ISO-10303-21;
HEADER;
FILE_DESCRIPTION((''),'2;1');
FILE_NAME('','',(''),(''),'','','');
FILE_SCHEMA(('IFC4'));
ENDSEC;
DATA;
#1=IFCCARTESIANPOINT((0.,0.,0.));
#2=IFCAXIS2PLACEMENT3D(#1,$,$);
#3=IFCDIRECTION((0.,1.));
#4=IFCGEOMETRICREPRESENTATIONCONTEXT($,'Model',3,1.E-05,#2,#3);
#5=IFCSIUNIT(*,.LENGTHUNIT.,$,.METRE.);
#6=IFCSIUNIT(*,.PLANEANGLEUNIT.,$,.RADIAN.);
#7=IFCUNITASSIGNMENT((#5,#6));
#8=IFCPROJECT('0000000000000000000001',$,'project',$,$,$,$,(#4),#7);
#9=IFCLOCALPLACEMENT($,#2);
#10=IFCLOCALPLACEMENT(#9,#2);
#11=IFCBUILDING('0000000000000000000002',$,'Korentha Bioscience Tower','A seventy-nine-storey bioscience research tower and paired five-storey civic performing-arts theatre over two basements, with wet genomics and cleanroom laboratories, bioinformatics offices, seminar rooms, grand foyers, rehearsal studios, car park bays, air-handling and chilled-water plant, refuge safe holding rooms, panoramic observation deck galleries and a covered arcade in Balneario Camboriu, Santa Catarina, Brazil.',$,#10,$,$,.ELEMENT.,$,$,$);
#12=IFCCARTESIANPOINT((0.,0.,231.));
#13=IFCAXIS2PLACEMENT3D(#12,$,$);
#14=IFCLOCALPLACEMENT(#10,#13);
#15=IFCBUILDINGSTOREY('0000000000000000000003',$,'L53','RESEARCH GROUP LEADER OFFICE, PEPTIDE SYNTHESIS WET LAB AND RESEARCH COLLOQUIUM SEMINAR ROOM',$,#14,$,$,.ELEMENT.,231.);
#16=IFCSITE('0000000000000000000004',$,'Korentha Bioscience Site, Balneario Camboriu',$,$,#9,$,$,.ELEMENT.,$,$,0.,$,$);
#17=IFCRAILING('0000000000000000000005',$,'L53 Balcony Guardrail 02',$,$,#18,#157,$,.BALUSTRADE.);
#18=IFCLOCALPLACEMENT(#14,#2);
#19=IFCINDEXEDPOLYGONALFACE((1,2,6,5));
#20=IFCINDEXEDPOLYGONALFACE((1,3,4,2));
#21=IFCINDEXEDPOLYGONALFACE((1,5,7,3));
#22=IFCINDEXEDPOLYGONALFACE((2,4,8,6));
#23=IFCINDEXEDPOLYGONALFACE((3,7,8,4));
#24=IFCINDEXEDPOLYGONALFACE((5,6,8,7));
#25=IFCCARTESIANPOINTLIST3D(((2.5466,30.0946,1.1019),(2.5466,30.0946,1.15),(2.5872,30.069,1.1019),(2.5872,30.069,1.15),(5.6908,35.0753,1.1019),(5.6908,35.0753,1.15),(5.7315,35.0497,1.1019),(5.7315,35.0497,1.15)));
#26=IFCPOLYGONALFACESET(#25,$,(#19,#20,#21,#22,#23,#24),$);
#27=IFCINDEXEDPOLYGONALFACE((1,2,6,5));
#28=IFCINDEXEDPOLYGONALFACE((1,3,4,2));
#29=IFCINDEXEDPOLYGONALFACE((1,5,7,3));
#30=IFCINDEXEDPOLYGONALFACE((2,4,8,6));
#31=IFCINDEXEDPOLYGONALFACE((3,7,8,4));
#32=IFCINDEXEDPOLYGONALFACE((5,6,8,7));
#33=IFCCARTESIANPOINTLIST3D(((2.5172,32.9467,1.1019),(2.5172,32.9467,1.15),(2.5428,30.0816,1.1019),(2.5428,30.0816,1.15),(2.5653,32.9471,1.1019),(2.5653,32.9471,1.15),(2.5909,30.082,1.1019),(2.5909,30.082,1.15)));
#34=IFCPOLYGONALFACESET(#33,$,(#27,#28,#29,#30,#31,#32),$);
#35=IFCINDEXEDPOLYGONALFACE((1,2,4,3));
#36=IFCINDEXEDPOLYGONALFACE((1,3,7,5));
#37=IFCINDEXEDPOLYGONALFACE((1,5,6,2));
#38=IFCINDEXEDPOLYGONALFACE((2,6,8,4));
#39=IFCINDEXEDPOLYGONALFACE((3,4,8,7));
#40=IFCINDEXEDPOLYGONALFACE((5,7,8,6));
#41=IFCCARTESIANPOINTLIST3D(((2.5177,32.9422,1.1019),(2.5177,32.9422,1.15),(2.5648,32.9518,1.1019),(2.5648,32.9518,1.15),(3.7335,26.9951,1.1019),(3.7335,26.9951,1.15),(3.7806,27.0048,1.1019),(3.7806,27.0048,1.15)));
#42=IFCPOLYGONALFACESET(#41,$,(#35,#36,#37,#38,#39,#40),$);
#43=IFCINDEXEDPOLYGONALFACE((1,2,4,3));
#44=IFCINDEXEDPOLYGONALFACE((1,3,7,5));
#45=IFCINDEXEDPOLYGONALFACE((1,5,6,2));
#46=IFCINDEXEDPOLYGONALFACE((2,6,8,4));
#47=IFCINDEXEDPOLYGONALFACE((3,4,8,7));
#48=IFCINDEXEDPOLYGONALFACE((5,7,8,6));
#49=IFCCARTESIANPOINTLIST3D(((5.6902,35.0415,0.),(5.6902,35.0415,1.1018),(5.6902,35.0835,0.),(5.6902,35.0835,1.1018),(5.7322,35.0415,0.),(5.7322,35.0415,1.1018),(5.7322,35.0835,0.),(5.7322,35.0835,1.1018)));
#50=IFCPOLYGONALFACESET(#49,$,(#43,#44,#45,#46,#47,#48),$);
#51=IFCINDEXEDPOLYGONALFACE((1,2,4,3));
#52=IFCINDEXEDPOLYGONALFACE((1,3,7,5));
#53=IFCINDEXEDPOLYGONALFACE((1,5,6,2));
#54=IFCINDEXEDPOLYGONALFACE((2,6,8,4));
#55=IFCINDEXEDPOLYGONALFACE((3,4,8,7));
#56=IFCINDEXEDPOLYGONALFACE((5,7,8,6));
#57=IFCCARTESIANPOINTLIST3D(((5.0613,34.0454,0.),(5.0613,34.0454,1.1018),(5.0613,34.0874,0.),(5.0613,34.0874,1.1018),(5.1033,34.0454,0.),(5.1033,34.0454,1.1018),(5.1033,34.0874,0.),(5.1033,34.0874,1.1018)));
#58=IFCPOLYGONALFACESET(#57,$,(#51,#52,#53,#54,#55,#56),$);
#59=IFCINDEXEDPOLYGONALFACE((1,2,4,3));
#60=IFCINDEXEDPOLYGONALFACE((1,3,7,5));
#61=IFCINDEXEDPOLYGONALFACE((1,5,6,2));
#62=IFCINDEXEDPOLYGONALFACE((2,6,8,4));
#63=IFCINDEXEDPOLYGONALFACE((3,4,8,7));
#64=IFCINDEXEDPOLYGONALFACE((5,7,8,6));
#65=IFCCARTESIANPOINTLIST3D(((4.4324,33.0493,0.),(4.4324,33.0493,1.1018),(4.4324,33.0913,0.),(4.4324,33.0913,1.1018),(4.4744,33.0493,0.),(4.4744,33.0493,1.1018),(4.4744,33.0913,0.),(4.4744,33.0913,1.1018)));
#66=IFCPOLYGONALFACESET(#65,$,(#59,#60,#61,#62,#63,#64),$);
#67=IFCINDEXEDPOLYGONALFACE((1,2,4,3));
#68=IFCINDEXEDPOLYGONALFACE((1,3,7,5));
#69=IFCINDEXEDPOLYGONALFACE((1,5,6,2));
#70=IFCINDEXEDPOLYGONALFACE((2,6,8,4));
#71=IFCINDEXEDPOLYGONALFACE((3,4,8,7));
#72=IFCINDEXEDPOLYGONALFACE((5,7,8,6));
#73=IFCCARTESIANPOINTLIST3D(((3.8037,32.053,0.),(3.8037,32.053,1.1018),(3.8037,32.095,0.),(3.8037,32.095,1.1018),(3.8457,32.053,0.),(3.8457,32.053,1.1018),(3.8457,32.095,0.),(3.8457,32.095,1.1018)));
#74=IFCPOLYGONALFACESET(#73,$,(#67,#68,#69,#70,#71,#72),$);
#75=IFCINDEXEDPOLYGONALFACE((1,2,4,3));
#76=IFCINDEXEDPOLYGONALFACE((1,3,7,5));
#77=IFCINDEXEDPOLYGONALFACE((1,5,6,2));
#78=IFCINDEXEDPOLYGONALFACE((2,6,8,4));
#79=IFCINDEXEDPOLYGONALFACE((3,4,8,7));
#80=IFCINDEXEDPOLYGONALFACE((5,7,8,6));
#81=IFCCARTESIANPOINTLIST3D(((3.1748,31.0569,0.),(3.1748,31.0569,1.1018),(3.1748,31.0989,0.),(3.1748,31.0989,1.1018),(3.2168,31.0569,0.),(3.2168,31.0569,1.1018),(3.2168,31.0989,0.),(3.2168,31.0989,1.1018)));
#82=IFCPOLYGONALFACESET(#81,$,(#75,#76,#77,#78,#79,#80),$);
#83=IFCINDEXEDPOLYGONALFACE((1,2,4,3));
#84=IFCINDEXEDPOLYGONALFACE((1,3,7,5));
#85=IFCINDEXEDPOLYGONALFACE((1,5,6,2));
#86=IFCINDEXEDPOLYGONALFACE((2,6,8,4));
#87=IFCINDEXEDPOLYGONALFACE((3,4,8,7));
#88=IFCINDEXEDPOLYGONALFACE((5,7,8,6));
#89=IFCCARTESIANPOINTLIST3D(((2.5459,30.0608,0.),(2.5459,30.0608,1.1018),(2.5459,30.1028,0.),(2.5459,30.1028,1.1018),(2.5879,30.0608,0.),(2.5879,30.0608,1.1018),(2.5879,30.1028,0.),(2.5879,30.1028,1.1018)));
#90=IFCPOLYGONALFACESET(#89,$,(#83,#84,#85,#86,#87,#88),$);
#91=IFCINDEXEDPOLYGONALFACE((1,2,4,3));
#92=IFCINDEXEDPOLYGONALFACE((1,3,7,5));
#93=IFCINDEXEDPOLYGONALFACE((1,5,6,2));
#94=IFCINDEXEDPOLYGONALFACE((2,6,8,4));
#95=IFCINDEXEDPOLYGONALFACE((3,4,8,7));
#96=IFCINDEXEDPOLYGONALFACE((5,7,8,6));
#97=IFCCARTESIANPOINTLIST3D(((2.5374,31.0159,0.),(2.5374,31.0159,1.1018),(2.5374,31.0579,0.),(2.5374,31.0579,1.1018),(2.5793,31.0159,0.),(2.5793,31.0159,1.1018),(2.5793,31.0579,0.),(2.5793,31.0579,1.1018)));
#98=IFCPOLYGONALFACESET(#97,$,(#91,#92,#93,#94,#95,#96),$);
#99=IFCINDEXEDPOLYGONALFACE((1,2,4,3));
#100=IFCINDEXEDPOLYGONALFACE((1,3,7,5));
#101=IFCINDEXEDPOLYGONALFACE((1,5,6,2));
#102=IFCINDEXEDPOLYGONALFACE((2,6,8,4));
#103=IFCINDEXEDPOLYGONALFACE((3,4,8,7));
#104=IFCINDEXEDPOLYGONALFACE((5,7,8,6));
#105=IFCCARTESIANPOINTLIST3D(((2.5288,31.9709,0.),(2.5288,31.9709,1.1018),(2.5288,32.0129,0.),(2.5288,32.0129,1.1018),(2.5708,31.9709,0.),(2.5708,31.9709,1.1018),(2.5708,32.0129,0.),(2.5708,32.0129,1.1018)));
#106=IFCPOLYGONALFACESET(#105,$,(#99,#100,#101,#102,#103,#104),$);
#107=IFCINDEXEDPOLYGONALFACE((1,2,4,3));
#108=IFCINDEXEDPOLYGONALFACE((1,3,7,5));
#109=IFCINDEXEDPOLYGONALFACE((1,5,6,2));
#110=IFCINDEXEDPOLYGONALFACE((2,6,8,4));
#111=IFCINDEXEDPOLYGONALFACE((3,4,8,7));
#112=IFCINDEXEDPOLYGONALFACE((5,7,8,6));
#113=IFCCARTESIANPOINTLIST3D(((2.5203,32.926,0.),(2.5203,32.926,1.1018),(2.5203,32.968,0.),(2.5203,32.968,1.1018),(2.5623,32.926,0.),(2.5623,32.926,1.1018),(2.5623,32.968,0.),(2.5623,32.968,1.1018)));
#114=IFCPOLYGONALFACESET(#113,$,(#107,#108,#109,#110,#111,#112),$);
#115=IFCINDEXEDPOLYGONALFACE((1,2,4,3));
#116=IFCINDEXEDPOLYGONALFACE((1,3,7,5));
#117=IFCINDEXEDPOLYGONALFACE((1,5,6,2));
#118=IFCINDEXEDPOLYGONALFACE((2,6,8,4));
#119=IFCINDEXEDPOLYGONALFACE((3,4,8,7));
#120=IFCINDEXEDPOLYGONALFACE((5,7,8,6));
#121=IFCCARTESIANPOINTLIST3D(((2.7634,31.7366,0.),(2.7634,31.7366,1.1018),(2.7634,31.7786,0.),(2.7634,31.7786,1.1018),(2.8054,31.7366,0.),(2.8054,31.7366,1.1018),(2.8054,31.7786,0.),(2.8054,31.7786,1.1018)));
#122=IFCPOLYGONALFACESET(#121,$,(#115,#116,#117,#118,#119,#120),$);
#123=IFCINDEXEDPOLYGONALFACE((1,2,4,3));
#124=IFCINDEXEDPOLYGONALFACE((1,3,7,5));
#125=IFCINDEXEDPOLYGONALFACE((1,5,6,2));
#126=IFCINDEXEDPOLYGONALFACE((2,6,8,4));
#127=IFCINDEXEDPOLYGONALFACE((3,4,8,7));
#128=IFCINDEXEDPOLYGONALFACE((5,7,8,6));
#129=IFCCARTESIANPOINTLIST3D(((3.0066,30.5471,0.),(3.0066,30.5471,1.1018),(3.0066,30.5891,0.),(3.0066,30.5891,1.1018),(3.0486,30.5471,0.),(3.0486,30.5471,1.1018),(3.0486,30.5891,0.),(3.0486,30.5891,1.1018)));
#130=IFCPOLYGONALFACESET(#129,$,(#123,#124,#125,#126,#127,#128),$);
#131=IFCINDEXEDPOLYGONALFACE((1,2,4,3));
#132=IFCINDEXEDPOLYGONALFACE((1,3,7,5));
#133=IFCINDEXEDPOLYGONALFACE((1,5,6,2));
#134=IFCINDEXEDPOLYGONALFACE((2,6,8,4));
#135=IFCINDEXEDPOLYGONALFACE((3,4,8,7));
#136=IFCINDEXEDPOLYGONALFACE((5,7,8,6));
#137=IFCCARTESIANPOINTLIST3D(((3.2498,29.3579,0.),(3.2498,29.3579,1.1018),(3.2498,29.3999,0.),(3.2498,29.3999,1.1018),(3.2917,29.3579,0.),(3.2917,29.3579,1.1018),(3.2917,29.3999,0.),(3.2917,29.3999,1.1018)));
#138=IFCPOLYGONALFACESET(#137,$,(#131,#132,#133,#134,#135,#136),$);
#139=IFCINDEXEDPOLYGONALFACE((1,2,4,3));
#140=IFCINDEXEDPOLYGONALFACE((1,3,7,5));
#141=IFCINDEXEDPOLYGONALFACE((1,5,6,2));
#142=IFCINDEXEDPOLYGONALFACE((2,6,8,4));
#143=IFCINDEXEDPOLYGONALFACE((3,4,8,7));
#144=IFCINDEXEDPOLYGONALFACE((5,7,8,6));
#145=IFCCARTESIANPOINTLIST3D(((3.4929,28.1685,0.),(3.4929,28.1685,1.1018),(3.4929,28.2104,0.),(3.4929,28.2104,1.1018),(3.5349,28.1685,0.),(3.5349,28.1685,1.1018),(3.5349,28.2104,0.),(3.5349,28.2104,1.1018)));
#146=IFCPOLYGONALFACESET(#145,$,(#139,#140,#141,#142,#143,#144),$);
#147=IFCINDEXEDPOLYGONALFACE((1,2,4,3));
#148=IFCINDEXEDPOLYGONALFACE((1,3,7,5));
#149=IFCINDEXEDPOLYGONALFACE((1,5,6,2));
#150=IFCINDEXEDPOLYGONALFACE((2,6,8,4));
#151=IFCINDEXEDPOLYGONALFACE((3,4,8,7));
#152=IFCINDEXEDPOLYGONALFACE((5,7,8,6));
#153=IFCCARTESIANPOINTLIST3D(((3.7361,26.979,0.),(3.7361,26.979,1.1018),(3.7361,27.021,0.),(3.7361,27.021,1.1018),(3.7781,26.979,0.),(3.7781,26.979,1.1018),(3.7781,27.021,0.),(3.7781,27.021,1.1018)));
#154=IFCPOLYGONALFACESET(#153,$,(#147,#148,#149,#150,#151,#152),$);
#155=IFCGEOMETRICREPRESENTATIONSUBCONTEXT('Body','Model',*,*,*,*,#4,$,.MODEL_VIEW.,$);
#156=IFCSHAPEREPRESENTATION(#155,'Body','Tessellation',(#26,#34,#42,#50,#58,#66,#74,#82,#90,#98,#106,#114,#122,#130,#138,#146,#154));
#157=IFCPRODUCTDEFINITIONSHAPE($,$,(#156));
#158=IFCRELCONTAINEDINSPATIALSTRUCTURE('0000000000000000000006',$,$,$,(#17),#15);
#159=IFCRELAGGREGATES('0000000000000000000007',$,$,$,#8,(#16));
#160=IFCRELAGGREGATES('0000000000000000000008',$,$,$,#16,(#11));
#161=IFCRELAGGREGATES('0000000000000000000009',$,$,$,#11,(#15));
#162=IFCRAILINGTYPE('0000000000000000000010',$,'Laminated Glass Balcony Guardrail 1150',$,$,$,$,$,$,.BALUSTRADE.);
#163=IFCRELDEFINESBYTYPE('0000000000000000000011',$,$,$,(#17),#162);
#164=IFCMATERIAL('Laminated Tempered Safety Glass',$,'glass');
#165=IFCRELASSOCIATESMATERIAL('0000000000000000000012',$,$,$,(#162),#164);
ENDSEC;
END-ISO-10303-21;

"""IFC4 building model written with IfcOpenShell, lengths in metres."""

from ifc_helpers import new_model, si_unit, direction, frame, origin, origin_2d, place, context, subcontext, project, spatial, rectangle, extrude, material, type_object, element, save


model = new_model("IFC4")

# Units and contexts
model_context = context("Model", 3, precision=1e-05, world=origin(), true_north=direction((0.0, 1.0)))
body_context = subcontext(model_context, "Body", "Model", "MODEL_VIEW")
ifc_project = project(units=[si_unit("LENGTHUNIT", "METRE"), si_unit("PLANEANGLEUNIT", "RADIAN")], contexts=[model_context])

# Site, building, storey
site_placement = place(None, origin())
site = spatial("IfcSite", under=ifc_project, at=site_placement, Name="Korentha Bioscience Site, Balneario Camboriu", CompositionType="ELEMENT", RefElevation=0.0)
building_placement = place(site_placement, origin())
building = spatial("IfcBuilding", under=site, at=building_placement, Name="Korentha Bioscience Tower", Description="A seventy-nine-storey bioscience research tower and paired five-storey civic performing-arts theatre over two basements, with wet genomics and cleanroom laboratories, bioinformatics offices, seminar rooms, grand foyers, rehearsal studios, car park bays, air-handling and chilled-water plant, refuge safe holding rooms, panoramic observation deck galleries and a covered arcade in Balneario Camboriu, Santa Catarina, Brazil.", CompositionType="ELEMENT")
storey_placement = place(building_placement, frame((0.0, 0.0, 231.0)))
storey = spatial("IfcBuildingStorey", under=building, at=storey_placement, Name="L53", Description="RESEARCH GROUP LEADER OFFICE, PEPTIDE SYNTHESIS WET LAB AND RESEARCH COLLOQUIUM SEMINAR ROOM", CompositionType="ELEMENT", Elevation=231.0)

# Railing
ifc_material_1 = material(Name="Laminated Tempered Safety Glass", Category="glass")
railing_type = type_object("IfcRailingType", Name="Laminated Glass Balcony Guardrail 1150", PredefinedType="BALUSTRADE", material=ifc_material_1)
railing_placement = place(storey_placement, frame((5.7112, 35.0625, 0.0)))
element("IfcRailing", 1, at=railing_placement, inside=storey, type_object=railing_type, Name="L53 Balcony Guardrail 02", PredefinedType="BALUSTRADE", context=body_context, shape_type="SweptSolid", body=[
    extrude(rectangle(XDim=0.0481, YDim=0.0481, at=origin_2d()), frame((0.0, 0.0, 1.126), z_axis=(-0.53382, -0.845598, 0.0), x_axis=(0.845598, -0.53382, 0.0)), (0.0, 0.0, 1.0), 5.8901),
    extrude(rectangle(XDim=0.0481, YDim=0.0481, at=origin_2d()), frame((-3.1443, -4.9807, 1.126), z_axis=(-0.008946, 0.99996, 0.0), x_axis=(-0.99996, -0.008946, 0.0)), (0.0, 0.0, 1.0), 2.8652),
    extrude(rectangle(XDim=0.0481, YDim=0.0481, at=origin_2d()), frame((-3.1699, -2.1155, 1.126), z_axis=(0.200299, -0.979735, 0.0), x_axis=(0.979735, 0.200299, 0.0)), (0.0, 0.0, 1.0), 6.0701),
    extrude(rectangle(XDim=0.042, YDim=0.042, at=origin_2d()), origin(), (0.0, 0.0, 1.0), 1.1018),
    extrude(rectangle(XDim=0.042, YDim=0.042, at=origin_2d()), frame((-0.6289, -0.9961, 0.0)), (0.0, 0.0, 1.0), 1.1018),
    extrude(rectangle(XDim=0.042, YDim=0.042, at=origin_2d()), frame((-1.2578, -1.9922, 0.0)), (0.0, 0.0, 1.0), 1.1018),
    extrude(rectangle(XDim=0.042, YDim=0.042, at=origin_2d()), frame((-1.8865, -2.9885, 0.0)), (0.0, 0.0, 1.0), 1.1018),
    extrude(rectangle(XDim=0.042, YDim=0.042, at=origin_2d()), frame((-2.5154, -3.9846, 0.0)), (0.0, 0.0, 1.0), 1.1018),
    extrude(rectangle(XDim=0.042, YDim=0.042, at=origin_2d()), frame((-3.1443, -4.9807, 0.0)), (0.0, 0.0, 1.0), 1.1018),
    extrude(rectangle(XDim=0.042, YDim=0.042, at=origin_2d()), frame((-3.1528, -4.0256, 0.0)), (0.0, 0.0, 1.0), 1.1018),
    extrude(rectangle(XDim=0.042, YDim=0.042, at=origin_2d()), frame((-3.1614, -3.0706, 0.0)), (0.0, 0.0, 1.0), 1.1018),
    extrude(rectangle(XDim=0.042, YDim=0.042, at=origin_2d()), frame((-3.1699, -2.1155, 0.0)), (0.0, 0.0, 1.0), 1.1018),
    extrude(rectangle(XDim=0.042, YDim=0.042, at=origin_2d()), frame((-2.9268, -3.3049, 0.0)), (0.0, 0.0, 1.0), 1.1018),
    extrude(rectangle(XDim=0.042, YDim=0.042, at=origin_2d()), frame((-2.6836, -4.4944, 0.0)), (0.0, 0.0, 1.0), 1.1018),
    extrude(rectangle(XDim=0.042, YDim=0.042, at=origin_2d()), frame((-2.4404, -5.6836, 0.0)), (0.0, 0.0, 1.0), 1.1018),
    extrude(rectangle(XDim=0.042, YDim=0.042, at=origin_2d()), frame((-2.1973, -6.873, 0.0)), (0.0, 0.0, 1.0), 1.1018),
    extrude(rectangle(XDim=0.042, YDim=0.042, at=origin_2d()), frame((-1.9541, -8.0625, 0.0)), (0.0, 0.0, 1.0), 1.1018),
])

save(model, "model.ifc")
